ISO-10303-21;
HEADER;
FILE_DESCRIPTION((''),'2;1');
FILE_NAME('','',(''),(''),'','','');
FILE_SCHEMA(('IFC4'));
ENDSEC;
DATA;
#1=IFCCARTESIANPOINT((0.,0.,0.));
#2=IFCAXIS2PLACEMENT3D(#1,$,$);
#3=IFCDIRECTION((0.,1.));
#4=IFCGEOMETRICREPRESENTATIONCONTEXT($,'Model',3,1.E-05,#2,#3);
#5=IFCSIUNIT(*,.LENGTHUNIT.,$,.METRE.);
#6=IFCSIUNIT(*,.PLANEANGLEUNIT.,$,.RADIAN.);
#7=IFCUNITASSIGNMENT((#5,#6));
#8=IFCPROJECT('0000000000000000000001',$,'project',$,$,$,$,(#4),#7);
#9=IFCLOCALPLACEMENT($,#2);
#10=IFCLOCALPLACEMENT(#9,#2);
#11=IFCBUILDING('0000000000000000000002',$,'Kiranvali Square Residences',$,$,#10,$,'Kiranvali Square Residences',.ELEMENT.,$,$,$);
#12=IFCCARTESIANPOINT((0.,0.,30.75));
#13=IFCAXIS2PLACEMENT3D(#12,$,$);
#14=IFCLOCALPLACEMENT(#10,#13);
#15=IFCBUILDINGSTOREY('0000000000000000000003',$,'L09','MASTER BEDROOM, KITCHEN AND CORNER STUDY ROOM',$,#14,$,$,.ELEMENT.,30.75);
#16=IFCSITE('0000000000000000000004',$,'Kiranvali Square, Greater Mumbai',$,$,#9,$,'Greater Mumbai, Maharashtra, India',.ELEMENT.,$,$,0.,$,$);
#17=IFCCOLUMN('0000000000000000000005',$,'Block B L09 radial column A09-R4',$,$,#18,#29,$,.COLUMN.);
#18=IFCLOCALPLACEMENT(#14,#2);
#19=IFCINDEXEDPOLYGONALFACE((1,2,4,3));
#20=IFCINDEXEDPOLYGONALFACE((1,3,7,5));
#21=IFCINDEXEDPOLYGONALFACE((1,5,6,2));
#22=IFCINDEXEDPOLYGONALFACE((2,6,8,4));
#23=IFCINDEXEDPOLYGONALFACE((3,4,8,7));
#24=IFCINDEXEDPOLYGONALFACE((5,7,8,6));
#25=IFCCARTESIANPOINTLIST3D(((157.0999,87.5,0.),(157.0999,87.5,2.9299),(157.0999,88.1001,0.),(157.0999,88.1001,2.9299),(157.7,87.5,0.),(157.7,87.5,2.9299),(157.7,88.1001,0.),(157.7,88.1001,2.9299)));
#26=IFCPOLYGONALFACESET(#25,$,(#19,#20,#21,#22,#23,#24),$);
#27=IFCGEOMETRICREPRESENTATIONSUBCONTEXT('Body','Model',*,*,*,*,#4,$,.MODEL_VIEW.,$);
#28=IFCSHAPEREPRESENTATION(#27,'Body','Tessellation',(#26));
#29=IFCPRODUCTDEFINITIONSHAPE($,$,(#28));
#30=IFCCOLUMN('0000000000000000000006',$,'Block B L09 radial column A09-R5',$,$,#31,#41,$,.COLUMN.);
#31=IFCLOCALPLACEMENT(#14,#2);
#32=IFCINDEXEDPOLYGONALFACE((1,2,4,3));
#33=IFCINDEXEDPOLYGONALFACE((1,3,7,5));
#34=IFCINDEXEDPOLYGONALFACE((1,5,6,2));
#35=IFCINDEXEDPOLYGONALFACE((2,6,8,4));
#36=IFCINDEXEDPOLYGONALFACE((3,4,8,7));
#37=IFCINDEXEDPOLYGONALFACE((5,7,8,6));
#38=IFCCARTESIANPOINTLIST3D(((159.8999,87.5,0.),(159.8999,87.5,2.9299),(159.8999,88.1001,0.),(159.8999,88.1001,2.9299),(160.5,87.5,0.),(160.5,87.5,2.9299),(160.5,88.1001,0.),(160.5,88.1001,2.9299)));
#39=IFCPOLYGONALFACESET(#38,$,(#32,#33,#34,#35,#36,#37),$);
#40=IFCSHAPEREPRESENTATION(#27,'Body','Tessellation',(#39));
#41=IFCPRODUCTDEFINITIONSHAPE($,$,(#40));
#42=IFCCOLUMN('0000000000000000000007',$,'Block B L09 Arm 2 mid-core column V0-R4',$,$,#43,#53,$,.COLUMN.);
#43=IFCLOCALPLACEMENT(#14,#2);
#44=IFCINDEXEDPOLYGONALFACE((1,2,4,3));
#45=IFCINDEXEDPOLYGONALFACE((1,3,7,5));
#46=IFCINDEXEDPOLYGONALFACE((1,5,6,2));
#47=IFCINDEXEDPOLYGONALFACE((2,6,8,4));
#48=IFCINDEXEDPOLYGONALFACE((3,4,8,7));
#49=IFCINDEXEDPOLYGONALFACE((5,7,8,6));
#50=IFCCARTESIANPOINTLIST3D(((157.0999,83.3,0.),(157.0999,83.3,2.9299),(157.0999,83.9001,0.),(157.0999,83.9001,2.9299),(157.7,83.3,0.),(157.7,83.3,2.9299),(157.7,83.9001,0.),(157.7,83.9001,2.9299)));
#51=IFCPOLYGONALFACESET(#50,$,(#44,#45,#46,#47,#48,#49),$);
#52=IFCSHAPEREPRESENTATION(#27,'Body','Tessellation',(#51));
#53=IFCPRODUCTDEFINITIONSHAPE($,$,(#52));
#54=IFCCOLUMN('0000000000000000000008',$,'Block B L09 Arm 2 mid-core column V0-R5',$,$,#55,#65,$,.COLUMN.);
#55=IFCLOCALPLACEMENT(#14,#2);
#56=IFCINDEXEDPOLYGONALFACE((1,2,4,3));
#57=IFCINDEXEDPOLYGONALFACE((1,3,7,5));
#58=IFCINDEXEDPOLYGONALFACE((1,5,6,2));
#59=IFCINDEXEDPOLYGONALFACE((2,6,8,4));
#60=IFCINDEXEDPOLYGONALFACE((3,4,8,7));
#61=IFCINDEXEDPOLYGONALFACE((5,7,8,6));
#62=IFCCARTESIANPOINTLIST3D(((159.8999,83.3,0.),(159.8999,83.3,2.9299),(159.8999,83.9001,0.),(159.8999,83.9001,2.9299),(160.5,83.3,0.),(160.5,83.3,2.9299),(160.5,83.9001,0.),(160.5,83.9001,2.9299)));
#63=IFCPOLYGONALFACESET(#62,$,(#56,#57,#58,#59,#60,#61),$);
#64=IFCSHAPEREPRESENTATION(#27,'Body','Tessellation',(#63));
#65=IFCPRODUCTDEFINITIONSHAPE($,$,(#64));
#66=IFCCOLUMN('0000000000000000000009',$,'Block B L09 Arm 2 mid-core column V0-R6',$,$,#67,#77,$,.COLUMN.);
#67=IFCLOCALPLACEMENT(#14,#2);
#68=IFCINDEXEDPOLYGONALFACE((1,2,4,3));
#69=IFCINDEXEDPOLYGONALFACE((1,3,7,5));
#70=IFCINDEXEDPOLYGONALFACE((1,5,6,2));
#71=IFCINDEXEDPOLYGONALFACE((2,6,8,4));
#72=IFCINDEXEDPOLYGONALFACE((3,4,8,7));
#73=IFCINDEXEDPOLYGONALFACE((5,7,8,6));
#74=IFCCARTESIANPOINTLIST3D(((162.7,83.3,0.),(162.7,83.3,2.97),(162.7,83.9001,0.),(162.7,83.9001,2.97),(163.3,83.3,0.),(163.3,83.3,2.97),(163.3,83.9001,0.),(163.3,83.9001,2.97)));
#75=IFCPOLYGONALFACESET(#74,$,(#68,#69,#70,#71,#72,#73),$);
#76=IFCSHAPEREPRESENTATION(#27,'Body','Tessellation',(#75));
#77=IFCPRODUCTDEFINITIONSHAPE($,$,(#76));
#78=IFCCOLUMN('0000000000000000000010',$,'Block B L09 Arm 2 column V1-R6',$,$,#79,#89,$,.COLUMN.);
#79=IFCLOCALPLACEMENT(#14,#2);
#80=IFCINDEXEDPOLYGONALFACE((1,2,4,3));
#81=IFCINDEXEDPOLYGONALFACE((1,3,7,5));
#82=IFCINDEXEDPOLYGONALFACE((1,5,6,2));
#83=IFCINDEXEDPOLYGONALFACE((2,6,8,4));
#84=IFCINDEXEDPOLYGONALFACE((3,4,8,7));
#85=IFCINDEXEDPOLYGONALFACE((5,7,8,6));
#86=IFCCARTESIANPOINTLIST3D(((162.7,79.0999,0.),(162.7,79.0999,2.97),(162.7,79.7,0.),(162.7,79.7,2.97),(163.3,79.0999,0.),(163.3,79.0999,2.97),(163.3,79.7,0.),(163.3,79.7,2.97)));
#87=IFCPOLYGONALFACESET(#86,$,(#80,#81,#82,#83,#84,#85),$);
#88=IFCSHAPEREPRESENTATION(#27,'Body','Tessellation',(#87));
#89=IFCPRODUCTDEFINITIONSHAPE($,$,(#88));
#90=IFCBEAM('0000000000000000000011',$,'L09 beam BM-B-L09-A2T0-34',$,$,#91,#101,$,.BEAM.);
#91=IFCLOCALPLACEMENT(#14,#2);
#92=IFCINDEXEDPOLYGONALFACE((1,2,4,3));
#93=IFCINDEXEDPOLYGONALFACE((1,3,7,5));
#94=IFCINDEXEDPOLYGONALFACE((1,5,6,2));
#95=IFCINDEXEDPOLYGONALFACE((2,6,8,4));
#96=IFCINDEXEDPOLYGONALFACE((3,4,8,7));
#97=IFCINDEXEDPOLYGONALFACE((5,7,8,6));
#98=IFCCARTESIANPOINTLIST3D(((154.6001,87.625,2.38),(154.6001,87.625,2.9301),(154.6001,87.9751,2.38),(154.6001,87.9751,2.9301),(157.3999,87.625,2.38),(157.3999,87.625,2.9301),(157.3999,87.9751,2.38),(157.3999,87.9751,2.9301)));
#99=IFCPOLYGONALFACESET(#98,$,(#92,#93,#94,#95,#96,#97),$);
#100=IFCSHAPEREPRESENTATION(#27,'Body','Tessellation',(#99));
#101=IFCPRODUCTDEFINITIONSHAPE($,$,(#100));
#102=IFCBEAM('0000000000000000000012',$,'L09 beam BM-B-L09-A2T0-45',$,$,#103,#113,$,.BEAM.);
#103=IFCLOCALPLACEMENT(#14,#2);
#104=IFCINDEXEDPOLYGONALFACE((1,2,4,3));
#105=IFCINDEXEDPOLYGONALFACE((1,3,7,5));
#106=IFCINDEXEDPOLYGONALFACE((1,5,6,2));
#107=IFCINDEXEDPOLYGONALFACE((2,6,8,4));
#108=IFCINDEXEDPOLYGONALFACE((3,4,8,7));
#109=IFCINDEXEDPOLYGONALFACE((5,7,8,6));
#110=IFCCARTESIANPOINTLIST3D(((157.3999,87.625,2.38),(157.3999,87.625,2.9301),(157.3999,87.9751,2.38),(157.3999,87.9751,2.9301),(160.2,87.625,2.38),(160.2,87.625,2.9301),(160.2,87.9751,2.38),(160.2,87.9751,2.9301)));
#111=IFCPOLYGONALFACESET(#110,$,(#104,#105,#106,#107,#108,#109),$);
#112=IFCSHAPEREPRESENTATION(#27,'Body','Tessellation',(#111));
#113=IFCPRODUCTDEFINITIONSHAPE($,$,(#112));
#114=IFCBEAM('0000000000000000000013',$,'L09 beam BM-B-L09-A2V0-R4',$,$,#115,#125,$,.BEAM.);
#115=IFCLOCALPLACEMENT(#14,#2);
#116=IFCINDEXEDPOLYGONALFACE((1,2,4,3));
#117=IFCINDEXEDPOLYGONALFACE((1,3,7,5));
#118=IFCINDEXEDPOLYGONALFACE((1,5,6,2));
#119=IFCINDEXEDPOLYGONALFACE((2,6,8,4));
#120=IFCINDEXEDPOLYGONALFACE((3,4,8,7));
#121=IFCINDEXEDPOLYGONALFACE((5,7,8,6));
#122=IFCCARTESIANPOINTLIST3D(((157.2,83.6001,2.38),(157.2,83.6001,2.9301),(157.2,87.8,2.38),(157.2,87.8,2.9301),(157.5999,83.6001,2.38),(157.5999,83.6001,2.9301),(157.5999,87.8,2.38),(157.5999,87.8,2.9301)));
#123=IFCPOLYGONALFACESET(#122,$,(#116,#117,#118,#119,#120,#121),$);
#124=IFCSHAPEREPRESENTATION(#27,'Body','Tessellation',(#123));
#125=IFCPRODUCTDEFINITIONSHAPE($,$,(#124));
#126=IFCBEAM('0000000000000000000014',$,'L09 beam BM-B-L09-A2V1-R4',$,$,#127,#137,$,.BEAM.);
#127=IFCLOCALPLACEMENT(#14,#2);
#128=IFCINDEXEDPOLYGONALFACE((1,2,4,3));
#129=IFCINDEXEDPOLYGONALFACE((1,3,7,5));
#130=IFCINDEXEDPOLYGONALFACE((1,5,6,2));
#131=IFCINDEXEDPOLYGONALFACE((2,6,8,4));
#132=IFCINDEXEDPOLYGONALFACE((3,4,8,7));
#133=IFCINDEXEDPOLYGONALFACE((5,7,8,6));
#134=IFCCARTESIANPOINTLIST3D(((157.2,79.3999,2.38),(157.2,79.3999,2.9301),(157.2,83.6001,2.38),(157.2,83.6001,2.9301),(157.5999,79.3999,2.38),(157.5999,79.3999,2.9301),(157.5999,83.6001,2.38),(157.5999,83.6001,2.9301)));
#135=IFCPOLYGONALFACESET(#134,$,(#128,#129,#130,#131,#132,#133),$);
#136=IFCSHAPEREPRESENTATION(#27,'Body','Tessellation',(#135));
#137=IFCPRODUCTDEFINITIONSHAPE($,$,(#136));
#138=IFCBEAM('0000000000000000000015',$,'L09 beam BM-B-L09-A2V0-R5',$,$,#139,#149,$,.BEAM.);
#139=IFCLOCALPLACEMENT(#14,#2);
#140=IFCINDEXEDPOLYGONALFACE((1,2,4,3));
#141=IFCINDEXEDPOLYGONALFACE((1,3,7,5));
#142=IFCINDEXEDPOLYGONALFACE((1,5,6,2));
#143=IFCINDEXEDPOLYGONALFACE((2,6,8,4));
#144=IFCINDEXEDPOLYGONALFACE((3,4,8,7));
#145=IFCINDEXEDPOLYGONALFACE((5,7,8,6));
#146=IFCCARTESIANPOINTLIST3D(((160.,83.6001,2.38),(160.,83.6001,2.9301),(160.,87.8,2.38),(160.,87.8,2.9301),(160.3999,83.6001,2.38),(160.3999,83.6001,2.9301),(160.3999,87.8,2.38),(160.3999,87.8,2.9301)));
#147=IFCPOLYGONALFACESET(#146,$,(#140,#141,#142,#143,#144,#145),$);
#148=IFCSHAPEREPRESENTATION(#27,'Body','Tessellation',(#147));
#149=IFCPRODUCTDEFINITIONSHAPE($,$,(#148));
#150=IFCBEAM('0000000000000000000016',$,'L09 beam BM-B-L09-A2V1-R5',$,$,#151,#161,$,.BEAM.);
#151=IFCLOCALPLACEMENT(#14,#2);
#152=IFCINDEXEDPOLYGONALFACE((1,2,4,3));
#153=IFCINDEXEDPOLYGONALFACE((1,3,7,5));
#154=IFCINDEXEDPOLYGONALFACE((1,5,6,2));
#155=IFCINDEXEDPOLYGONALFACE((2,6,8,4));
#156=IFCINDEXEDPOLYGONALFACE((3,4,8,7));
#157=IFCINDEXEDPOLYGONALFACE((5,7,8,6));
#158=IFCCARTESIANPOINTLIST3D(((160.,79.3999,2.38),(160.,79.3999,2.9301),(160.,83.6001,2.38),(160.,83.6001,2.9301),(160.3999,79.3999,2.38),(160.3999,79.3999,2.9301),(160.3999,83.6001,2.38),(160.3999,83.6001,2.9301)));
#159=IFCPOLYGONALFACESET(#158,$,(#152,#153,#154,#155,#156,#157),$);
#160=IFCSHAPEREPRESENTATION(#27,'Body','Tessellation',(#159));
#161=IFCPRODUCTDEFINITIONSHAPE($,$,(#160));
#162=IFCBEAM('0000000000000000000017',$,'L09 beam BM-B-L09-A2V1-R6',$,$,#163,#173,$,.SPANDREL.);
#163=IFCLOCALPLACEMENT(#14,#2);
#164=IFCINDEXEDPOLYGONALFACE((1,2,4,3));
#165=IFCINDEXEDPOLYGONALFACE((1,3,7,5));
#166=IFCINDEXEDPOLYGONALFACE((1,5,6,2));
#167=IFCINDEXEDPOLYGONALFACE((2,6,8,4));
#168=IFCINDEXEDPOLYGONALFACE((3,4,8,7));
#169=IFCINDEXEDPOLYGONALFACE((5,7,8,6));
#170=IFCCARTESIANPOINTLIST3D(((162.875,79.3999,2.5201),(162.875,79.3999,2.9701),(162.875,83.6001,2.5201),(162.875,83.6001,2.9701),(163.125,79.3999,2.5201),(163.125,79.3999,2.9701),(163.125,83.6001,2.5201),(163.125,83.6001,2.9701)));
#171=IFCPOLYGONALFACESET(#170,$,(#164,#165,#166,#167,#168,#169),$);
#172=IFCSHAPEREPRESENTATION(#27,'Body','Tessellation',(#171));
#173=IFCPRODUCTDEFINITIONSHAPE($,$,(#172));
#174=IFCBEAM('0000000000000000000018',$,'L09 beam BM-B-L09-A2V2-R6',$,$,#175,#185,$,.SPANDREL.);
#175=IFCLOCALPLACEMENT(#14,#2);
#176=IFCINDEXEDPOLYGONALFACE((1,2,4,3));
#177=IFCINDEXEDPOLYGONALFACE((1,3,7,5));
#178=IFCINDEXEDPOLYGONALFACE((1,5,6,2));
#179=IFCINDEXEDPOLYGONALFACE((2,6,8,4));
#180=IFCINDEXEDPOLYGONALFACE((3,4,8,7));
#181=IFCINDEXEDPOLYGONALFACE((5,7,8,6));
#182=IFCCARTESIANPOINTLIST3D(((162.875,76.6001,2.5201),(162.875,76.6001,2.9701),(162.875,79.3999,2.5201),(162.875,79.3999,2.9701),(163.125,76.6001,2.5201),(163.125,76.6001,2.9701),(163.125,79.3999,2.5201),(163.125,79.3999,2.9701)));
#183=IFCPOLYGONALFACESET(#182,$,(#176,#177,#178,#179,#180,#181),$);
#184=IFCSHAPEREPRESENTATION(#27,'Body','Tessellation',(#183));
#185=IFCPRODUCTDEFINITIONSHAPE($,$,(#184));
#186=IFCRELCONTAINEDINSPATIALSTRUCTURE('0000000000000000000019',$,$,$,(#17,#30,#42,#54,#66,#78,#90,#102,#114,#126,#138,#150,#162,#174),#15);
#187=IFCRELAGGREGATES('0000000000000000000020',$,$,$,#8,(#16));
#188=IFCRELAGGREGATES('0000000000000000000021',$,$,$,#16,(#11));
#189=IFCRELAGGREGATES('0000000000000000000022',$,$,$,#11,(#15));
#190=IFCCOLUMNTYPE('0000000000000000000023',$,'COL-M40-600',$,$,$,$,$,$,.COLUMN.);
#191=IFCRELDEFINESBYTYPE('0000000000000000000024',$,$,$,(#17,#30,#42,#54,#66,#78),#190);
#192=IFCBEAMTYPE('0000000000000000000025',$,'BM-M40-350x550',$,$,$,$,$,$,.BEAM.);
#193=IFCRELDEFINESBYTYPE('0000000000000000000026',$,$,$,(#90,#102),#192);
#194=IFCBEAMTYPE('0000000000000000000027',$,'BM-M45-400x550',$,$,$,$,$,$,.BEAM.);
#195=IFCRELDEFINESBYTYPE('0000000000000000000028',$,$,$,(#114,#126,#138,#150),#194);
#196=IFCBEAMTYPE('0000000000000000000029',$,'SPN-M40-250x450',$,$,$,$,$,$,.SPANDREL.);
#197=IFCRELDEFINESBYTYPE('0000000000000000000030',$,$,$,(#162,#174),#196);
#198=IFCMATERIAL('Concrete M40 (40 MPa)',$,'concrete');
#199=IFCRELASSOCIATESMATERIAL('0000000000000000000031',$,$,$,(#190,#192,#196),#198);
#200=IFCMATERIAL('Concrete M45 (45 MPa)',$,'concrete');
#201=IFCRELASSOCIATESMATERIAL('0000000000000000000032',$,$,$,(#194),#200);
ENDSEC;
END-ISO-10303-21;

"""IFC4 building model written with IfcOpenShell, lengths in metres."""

from ifc_helpers import new_model, si_unit, direction, frame, origin, origin_2d, place, context, subcontext, project, spatial, rectangle, extrude, material, material_profile, profile_set, type_object, element, save


model = new_model("IFC4")

# Units and contexts
model_context = context("Model", 3, precision=1e-05, world=origin(), true_north=direction((0.0, 1.0)))
body_context = subcontext(model_context, "Body", "Model", "MODEL_VIEW")
ifc_project = project(units=[si_unit("LENGTHUNIT", "METRE"), si_unit("PLANEANGLEUNIT", "RADIAN")], contexts=[model_context])

# Site, building, storey
site_placement = place(None, origin())
site = spatial("IfcSite", under=ifc_project, at=site_placement, Name="Kiranvali Square, Greater Mumbai", LongName="Greater Mumbai, Maharashtra, India", CompositionType="ELEMENT", RefElevation=0.0)
building_placement = place(site_placement, origin())
building = spatial("IfcBuilding", under=site, at=building_placement, Name="Kiranvali Square Residences", LongName="Kiranvali Square Residences", CompositionType="ELEMENT")
storey_placement = place(building_placement, frame((0.0, 0.0, 30.75)))
storey = spatial("IfcBuildingStorey", under=building, at=storey_placement, Name="L09", Description="MASTER BEDROOM, KITCHEN AND CORNER STUDY ROOM", CompositionType="ELEMENT", Elevation=30.75)

# Columns
ifc_material_1 = material(Name="Concrete M40 (40 MPa)", Category="concrete")
ifc_material_profile_1 = material_profile(ifc_material_1, rectangle(XDim=0.6001, YDim=0.6001, at=origin_2d()), Name="RC 600x600")
ifc_profile_set_1 = profile_set([ifc_material_profile_1], Name="Concrete M40 (40 MPa)")
column_type = type_object("IfcColumnType", Name="COL-M40-600", PredefinedType="COLUMN", material=ifc_profile_set_1)
for number, where, z_axis, x_axis, name in (
    (1, (157.3999, 87.8, 0.0), (0.0, 0.0, 1.0), (0.0, 1.0, 0.0), "Block B L09 radial column A09-R4"),
    (2, (160.2, 87.8, 0.0), (0.0, 0.0, 1.0), (0.0, 1.0, 0.0), "Block B L09 radial column A09-R5"),
    (3, (157.3999, 83.6001, 0.0), (0.0, 0.0, 1.0), (1.0, 0.0, 0.0), "Block B L09 Arm 2 mid-core column V0-R4"),
    (4, (160.2, 83.6001, 0.0), (0.0, 0.0, 1.0), (1.0, 0.0, 0.0), "Block B L09 Arm 2 mid-core column V0-R5"),
):
    element("IfcColumn", number, at=place(storey_placement, frame(where, z_axis=z_axis, x_axis=x_axis)), inside=storey, type_object=column_type, Name=name, PredefinedType="COLUMN", context=body_context, shape_type="SweptSolid", body=[
        extrude(rectangle(XDim=0.6001, YDim=0.6001, at=origin_2d()), origin(), (0.0, 0.0, 1.0), 2.9299),
    ])
for number, where, z_axis, x_axis, name in (
    (5, (163.0, 83.6001, 0.0), (0.0, 0.0, 1.0), (1.0, 0.0, 0.0), "Block B L09 Arm 2 mid-core column V0-R6"),
    (6, (163.0, 79.3999, 0.0), (0.0, 0.0, 1.0), (1.0, 0.0, 0.0), "Block B L09 Arm 2 column V1-R6"),
):
    element("IfcColumn", number, at=place(storey_placement, frame(where, z_axis=z_axis, x_axis=x_axis)), inside=storey, type_object=column_type, Name=name, PredefinedType="COLUMN", context=body_context, shape_type="SweptSolid", body=[
        extrude(rectangle(XDim=0.6001, YDim=0.6001, at=origin_2d()), origin(), (0.0, 0.0, 1.0), 2.97),
    ])

# Beams
ifc_material_profile_2 = material_profile(ifc_material_1, rectangle(XDim=0.3501, YDim=0.55, at=origin_2d()), Name="RC 350x550")
ifc_profile_set_2 = profile_set([ifc_material_profile_2], Name="Concrete M40 (40 MPa)")
beam_type_1 = type_object("IfcBeamType", Name="BM-M40-350x550", PredefinedType="BEAM", material=ifc_profile_set_2)
beam_1_placement = place(storey_placement, frame((154.6001, 87.8, 2.655), z_axis=(1.0, 0.0, 0.0), x_axis=(0.0, 1.0, 0.0)))
element("IfcBeam", 7, at=beam_1_placement, inside=storey, type_object=beam_type_1, Name="L09 beam BM-B-L09-A2T0-34", PredefinedType="BEAM", context=body_context, shape_type="SweptSolid", body=[
    extrude(rectangle(XDim=0.3501, YDim=0.55, at=origin_2d()), origin(), (0.0, 0.0, 1.0), 2.7998),
])
beam_2_placement = place(storey_placement, frame((157.3999, 87.8, 2.655), z_axis=(1.0, 0.0, 0.0), x_axis=(0.0, 1.0, 0.0)))
element("IfcBeam", 8, at=beam_2_placement, inside=storey, type_object=beam_type_1, Name="L09 beam BM-B-L09-A2T0-45", PredefinedType="BEAM", context=body_context, shape_type="SweptSolid", body=[
    extrude(rectangle(XDim=0.3501, YDim=0.55, at=origin_2d()), origin(), (0.0, 0.0, 1.0), 2.8),
])
ifc_material_2 = material(Name="Concrete M45 (45 MPa)", Category="concrete")
ifc_material_profile_3 = material_profile(ifc_material_2, rectangle(XDim=0.3999, YDim=0.55, at=origin_2d()), Name="RC 400x550")
ifc_profile_set_3 = profile_set([ifc_material_profile_3], Name="Concrete M45 (45 MPa)")
beam_type_2 = type_object("IfcBeamType", Name="BM-M45-400x550", PredefinedType="BEAM", material=ifc_profile_set_3)
beam_3_placement = place(storey_placement, frame((157.3999, 87.8, 2.655), z_axis=(0.0, -1.0, 0.0), x_axis=(1.0, 0.0, 0.0)))
element("IfcBeam", 9, at=beam_3_placement, inside=storey, type_object=beam_type_2, Name="L09 beam BM-B-L09-A2V0-R4", PredefinedType="BEAM", context=body_context, shape_type="SweptSolid", body=[
    extrude(rectangle(XDim=0.3999, YDim=0.55, at=origin_2d()), origin(), (0.0, 0.0, 1.0), 4.2),
])
beam_4_placement = place(storey_placement, frame((157.3999, 83.6001, 2.655), z_axis=(0.0, -1.0, 0.0), x_axis=(1.0, 0.0, 0.0)))
element("IfcBeam", 10, at=beam_4_placement, inside=storey, type_object=beam_type_2, Name="L09 beam BM-B-L09-A2V1-R4", PredefinedType="BEAM", context=body_context, shape_type="SweptSolid", body=[
    extrude(rectangle(XDim=0.3999, YDim=0.55, at=origin_2d()), origin(), (0.0, 0.0, 1.0), 4.2002),
])
beam_5_placement = place(storey_placement, frame((160.2, 87.8, 2.655), z_axis=(0.0, -1.0, 0.0), x_axis=(1.0, 0.0, 0.0)))
element("IfcBeam", 11, at=beam_5_placement, inside=storey, type_object=beam_type_2, Name="L09 beam BM-B-L09-A2V0-R5", PredefinedType="BEAM", context=body_context, shape_type="SweptSolid", body=[
    extrude(rectangle(XDim=0.3999, YDim=0.55, at=origin_2d()), origin(), (0.0, 0.0, 1.0), 4.2),
])
beam_6_placement = place(storey_placement, frame((160.2, 83.6001, 2.655), z_axis=(0.0, -1.0, 0.0), x_axis=(1.0, 0.0, 0.0)))
element("IfcBeam", 12, at=beam_6_placement, inside=storey, type_object=beam_type_2, Name="L09 beam BM-B-L09-A2V1-R5", PredefinedType="BEAM", context=body_context, shape_type="SweptSolid", body=[
    extrude(rectangle(XDim=0.3999, YDim=0.55, at=origin_2d()), origin(), (0.0, 0.0, 1.0), 4.2002),
])
ifc_material_profile_4 = material_profile(ifc_material_1, rectangle(XDim=0.25, YDim=0.45, at=origin_2d()), Name="RC 250x450")
ifc_profile_set_4 = profile_set([ifc_material_profile_4], Name="Concrete M40 (40 MPa)")
beam_type_3 = type_object("IfcBeamType", Name="SPN-M40-250x450", PredefinedType="SPANDREL", material=ifc_profile_set_4)
beam_7_placement = place(storey_placement, frame((163.0, 83.6001, 2.7451), z_axis=(0.0, -1.0, 0.0), x_axis=(1.0, 0.0, 0.0)))
element("IfcBeam", 13, at=beam_7_placement, inside=storey, type_object=beam_type_3, Name="L09 beam BM-B-L09-A2V1-R6", PredefinedType="SPANDREL", context=body_context, shape_type="SweptSolid", body=[
    extrude(rectangle(XDim=0.25, YDim=0.45, at=origin_2d()), origin(), (0.0, 0.0, 1.0), 4.2002),
])
beam_8_placement = place(storey_placement, frame((163.0, 79.3999, 2.7451), z_axis=(0.0, -1.0, 0.0), x_axis=(1.0, 0.0, 0.0)))
element("IfcBeam", 14, at=beam_8_placement, inside=storey, type_object=beam_type_3, Name="L09 beam BM-B-L09-A2V2-R6", PredefinedType="SPANDREL", context=body_context, shape_type="SweptSolid", body=[
    extrude(rectangle(XDim=0.25, YDim=0.45, at=origin_2d()), origin(), (0.0, 0.0, 1.0), 2.7998),
])

save(model, "model.ifc")
